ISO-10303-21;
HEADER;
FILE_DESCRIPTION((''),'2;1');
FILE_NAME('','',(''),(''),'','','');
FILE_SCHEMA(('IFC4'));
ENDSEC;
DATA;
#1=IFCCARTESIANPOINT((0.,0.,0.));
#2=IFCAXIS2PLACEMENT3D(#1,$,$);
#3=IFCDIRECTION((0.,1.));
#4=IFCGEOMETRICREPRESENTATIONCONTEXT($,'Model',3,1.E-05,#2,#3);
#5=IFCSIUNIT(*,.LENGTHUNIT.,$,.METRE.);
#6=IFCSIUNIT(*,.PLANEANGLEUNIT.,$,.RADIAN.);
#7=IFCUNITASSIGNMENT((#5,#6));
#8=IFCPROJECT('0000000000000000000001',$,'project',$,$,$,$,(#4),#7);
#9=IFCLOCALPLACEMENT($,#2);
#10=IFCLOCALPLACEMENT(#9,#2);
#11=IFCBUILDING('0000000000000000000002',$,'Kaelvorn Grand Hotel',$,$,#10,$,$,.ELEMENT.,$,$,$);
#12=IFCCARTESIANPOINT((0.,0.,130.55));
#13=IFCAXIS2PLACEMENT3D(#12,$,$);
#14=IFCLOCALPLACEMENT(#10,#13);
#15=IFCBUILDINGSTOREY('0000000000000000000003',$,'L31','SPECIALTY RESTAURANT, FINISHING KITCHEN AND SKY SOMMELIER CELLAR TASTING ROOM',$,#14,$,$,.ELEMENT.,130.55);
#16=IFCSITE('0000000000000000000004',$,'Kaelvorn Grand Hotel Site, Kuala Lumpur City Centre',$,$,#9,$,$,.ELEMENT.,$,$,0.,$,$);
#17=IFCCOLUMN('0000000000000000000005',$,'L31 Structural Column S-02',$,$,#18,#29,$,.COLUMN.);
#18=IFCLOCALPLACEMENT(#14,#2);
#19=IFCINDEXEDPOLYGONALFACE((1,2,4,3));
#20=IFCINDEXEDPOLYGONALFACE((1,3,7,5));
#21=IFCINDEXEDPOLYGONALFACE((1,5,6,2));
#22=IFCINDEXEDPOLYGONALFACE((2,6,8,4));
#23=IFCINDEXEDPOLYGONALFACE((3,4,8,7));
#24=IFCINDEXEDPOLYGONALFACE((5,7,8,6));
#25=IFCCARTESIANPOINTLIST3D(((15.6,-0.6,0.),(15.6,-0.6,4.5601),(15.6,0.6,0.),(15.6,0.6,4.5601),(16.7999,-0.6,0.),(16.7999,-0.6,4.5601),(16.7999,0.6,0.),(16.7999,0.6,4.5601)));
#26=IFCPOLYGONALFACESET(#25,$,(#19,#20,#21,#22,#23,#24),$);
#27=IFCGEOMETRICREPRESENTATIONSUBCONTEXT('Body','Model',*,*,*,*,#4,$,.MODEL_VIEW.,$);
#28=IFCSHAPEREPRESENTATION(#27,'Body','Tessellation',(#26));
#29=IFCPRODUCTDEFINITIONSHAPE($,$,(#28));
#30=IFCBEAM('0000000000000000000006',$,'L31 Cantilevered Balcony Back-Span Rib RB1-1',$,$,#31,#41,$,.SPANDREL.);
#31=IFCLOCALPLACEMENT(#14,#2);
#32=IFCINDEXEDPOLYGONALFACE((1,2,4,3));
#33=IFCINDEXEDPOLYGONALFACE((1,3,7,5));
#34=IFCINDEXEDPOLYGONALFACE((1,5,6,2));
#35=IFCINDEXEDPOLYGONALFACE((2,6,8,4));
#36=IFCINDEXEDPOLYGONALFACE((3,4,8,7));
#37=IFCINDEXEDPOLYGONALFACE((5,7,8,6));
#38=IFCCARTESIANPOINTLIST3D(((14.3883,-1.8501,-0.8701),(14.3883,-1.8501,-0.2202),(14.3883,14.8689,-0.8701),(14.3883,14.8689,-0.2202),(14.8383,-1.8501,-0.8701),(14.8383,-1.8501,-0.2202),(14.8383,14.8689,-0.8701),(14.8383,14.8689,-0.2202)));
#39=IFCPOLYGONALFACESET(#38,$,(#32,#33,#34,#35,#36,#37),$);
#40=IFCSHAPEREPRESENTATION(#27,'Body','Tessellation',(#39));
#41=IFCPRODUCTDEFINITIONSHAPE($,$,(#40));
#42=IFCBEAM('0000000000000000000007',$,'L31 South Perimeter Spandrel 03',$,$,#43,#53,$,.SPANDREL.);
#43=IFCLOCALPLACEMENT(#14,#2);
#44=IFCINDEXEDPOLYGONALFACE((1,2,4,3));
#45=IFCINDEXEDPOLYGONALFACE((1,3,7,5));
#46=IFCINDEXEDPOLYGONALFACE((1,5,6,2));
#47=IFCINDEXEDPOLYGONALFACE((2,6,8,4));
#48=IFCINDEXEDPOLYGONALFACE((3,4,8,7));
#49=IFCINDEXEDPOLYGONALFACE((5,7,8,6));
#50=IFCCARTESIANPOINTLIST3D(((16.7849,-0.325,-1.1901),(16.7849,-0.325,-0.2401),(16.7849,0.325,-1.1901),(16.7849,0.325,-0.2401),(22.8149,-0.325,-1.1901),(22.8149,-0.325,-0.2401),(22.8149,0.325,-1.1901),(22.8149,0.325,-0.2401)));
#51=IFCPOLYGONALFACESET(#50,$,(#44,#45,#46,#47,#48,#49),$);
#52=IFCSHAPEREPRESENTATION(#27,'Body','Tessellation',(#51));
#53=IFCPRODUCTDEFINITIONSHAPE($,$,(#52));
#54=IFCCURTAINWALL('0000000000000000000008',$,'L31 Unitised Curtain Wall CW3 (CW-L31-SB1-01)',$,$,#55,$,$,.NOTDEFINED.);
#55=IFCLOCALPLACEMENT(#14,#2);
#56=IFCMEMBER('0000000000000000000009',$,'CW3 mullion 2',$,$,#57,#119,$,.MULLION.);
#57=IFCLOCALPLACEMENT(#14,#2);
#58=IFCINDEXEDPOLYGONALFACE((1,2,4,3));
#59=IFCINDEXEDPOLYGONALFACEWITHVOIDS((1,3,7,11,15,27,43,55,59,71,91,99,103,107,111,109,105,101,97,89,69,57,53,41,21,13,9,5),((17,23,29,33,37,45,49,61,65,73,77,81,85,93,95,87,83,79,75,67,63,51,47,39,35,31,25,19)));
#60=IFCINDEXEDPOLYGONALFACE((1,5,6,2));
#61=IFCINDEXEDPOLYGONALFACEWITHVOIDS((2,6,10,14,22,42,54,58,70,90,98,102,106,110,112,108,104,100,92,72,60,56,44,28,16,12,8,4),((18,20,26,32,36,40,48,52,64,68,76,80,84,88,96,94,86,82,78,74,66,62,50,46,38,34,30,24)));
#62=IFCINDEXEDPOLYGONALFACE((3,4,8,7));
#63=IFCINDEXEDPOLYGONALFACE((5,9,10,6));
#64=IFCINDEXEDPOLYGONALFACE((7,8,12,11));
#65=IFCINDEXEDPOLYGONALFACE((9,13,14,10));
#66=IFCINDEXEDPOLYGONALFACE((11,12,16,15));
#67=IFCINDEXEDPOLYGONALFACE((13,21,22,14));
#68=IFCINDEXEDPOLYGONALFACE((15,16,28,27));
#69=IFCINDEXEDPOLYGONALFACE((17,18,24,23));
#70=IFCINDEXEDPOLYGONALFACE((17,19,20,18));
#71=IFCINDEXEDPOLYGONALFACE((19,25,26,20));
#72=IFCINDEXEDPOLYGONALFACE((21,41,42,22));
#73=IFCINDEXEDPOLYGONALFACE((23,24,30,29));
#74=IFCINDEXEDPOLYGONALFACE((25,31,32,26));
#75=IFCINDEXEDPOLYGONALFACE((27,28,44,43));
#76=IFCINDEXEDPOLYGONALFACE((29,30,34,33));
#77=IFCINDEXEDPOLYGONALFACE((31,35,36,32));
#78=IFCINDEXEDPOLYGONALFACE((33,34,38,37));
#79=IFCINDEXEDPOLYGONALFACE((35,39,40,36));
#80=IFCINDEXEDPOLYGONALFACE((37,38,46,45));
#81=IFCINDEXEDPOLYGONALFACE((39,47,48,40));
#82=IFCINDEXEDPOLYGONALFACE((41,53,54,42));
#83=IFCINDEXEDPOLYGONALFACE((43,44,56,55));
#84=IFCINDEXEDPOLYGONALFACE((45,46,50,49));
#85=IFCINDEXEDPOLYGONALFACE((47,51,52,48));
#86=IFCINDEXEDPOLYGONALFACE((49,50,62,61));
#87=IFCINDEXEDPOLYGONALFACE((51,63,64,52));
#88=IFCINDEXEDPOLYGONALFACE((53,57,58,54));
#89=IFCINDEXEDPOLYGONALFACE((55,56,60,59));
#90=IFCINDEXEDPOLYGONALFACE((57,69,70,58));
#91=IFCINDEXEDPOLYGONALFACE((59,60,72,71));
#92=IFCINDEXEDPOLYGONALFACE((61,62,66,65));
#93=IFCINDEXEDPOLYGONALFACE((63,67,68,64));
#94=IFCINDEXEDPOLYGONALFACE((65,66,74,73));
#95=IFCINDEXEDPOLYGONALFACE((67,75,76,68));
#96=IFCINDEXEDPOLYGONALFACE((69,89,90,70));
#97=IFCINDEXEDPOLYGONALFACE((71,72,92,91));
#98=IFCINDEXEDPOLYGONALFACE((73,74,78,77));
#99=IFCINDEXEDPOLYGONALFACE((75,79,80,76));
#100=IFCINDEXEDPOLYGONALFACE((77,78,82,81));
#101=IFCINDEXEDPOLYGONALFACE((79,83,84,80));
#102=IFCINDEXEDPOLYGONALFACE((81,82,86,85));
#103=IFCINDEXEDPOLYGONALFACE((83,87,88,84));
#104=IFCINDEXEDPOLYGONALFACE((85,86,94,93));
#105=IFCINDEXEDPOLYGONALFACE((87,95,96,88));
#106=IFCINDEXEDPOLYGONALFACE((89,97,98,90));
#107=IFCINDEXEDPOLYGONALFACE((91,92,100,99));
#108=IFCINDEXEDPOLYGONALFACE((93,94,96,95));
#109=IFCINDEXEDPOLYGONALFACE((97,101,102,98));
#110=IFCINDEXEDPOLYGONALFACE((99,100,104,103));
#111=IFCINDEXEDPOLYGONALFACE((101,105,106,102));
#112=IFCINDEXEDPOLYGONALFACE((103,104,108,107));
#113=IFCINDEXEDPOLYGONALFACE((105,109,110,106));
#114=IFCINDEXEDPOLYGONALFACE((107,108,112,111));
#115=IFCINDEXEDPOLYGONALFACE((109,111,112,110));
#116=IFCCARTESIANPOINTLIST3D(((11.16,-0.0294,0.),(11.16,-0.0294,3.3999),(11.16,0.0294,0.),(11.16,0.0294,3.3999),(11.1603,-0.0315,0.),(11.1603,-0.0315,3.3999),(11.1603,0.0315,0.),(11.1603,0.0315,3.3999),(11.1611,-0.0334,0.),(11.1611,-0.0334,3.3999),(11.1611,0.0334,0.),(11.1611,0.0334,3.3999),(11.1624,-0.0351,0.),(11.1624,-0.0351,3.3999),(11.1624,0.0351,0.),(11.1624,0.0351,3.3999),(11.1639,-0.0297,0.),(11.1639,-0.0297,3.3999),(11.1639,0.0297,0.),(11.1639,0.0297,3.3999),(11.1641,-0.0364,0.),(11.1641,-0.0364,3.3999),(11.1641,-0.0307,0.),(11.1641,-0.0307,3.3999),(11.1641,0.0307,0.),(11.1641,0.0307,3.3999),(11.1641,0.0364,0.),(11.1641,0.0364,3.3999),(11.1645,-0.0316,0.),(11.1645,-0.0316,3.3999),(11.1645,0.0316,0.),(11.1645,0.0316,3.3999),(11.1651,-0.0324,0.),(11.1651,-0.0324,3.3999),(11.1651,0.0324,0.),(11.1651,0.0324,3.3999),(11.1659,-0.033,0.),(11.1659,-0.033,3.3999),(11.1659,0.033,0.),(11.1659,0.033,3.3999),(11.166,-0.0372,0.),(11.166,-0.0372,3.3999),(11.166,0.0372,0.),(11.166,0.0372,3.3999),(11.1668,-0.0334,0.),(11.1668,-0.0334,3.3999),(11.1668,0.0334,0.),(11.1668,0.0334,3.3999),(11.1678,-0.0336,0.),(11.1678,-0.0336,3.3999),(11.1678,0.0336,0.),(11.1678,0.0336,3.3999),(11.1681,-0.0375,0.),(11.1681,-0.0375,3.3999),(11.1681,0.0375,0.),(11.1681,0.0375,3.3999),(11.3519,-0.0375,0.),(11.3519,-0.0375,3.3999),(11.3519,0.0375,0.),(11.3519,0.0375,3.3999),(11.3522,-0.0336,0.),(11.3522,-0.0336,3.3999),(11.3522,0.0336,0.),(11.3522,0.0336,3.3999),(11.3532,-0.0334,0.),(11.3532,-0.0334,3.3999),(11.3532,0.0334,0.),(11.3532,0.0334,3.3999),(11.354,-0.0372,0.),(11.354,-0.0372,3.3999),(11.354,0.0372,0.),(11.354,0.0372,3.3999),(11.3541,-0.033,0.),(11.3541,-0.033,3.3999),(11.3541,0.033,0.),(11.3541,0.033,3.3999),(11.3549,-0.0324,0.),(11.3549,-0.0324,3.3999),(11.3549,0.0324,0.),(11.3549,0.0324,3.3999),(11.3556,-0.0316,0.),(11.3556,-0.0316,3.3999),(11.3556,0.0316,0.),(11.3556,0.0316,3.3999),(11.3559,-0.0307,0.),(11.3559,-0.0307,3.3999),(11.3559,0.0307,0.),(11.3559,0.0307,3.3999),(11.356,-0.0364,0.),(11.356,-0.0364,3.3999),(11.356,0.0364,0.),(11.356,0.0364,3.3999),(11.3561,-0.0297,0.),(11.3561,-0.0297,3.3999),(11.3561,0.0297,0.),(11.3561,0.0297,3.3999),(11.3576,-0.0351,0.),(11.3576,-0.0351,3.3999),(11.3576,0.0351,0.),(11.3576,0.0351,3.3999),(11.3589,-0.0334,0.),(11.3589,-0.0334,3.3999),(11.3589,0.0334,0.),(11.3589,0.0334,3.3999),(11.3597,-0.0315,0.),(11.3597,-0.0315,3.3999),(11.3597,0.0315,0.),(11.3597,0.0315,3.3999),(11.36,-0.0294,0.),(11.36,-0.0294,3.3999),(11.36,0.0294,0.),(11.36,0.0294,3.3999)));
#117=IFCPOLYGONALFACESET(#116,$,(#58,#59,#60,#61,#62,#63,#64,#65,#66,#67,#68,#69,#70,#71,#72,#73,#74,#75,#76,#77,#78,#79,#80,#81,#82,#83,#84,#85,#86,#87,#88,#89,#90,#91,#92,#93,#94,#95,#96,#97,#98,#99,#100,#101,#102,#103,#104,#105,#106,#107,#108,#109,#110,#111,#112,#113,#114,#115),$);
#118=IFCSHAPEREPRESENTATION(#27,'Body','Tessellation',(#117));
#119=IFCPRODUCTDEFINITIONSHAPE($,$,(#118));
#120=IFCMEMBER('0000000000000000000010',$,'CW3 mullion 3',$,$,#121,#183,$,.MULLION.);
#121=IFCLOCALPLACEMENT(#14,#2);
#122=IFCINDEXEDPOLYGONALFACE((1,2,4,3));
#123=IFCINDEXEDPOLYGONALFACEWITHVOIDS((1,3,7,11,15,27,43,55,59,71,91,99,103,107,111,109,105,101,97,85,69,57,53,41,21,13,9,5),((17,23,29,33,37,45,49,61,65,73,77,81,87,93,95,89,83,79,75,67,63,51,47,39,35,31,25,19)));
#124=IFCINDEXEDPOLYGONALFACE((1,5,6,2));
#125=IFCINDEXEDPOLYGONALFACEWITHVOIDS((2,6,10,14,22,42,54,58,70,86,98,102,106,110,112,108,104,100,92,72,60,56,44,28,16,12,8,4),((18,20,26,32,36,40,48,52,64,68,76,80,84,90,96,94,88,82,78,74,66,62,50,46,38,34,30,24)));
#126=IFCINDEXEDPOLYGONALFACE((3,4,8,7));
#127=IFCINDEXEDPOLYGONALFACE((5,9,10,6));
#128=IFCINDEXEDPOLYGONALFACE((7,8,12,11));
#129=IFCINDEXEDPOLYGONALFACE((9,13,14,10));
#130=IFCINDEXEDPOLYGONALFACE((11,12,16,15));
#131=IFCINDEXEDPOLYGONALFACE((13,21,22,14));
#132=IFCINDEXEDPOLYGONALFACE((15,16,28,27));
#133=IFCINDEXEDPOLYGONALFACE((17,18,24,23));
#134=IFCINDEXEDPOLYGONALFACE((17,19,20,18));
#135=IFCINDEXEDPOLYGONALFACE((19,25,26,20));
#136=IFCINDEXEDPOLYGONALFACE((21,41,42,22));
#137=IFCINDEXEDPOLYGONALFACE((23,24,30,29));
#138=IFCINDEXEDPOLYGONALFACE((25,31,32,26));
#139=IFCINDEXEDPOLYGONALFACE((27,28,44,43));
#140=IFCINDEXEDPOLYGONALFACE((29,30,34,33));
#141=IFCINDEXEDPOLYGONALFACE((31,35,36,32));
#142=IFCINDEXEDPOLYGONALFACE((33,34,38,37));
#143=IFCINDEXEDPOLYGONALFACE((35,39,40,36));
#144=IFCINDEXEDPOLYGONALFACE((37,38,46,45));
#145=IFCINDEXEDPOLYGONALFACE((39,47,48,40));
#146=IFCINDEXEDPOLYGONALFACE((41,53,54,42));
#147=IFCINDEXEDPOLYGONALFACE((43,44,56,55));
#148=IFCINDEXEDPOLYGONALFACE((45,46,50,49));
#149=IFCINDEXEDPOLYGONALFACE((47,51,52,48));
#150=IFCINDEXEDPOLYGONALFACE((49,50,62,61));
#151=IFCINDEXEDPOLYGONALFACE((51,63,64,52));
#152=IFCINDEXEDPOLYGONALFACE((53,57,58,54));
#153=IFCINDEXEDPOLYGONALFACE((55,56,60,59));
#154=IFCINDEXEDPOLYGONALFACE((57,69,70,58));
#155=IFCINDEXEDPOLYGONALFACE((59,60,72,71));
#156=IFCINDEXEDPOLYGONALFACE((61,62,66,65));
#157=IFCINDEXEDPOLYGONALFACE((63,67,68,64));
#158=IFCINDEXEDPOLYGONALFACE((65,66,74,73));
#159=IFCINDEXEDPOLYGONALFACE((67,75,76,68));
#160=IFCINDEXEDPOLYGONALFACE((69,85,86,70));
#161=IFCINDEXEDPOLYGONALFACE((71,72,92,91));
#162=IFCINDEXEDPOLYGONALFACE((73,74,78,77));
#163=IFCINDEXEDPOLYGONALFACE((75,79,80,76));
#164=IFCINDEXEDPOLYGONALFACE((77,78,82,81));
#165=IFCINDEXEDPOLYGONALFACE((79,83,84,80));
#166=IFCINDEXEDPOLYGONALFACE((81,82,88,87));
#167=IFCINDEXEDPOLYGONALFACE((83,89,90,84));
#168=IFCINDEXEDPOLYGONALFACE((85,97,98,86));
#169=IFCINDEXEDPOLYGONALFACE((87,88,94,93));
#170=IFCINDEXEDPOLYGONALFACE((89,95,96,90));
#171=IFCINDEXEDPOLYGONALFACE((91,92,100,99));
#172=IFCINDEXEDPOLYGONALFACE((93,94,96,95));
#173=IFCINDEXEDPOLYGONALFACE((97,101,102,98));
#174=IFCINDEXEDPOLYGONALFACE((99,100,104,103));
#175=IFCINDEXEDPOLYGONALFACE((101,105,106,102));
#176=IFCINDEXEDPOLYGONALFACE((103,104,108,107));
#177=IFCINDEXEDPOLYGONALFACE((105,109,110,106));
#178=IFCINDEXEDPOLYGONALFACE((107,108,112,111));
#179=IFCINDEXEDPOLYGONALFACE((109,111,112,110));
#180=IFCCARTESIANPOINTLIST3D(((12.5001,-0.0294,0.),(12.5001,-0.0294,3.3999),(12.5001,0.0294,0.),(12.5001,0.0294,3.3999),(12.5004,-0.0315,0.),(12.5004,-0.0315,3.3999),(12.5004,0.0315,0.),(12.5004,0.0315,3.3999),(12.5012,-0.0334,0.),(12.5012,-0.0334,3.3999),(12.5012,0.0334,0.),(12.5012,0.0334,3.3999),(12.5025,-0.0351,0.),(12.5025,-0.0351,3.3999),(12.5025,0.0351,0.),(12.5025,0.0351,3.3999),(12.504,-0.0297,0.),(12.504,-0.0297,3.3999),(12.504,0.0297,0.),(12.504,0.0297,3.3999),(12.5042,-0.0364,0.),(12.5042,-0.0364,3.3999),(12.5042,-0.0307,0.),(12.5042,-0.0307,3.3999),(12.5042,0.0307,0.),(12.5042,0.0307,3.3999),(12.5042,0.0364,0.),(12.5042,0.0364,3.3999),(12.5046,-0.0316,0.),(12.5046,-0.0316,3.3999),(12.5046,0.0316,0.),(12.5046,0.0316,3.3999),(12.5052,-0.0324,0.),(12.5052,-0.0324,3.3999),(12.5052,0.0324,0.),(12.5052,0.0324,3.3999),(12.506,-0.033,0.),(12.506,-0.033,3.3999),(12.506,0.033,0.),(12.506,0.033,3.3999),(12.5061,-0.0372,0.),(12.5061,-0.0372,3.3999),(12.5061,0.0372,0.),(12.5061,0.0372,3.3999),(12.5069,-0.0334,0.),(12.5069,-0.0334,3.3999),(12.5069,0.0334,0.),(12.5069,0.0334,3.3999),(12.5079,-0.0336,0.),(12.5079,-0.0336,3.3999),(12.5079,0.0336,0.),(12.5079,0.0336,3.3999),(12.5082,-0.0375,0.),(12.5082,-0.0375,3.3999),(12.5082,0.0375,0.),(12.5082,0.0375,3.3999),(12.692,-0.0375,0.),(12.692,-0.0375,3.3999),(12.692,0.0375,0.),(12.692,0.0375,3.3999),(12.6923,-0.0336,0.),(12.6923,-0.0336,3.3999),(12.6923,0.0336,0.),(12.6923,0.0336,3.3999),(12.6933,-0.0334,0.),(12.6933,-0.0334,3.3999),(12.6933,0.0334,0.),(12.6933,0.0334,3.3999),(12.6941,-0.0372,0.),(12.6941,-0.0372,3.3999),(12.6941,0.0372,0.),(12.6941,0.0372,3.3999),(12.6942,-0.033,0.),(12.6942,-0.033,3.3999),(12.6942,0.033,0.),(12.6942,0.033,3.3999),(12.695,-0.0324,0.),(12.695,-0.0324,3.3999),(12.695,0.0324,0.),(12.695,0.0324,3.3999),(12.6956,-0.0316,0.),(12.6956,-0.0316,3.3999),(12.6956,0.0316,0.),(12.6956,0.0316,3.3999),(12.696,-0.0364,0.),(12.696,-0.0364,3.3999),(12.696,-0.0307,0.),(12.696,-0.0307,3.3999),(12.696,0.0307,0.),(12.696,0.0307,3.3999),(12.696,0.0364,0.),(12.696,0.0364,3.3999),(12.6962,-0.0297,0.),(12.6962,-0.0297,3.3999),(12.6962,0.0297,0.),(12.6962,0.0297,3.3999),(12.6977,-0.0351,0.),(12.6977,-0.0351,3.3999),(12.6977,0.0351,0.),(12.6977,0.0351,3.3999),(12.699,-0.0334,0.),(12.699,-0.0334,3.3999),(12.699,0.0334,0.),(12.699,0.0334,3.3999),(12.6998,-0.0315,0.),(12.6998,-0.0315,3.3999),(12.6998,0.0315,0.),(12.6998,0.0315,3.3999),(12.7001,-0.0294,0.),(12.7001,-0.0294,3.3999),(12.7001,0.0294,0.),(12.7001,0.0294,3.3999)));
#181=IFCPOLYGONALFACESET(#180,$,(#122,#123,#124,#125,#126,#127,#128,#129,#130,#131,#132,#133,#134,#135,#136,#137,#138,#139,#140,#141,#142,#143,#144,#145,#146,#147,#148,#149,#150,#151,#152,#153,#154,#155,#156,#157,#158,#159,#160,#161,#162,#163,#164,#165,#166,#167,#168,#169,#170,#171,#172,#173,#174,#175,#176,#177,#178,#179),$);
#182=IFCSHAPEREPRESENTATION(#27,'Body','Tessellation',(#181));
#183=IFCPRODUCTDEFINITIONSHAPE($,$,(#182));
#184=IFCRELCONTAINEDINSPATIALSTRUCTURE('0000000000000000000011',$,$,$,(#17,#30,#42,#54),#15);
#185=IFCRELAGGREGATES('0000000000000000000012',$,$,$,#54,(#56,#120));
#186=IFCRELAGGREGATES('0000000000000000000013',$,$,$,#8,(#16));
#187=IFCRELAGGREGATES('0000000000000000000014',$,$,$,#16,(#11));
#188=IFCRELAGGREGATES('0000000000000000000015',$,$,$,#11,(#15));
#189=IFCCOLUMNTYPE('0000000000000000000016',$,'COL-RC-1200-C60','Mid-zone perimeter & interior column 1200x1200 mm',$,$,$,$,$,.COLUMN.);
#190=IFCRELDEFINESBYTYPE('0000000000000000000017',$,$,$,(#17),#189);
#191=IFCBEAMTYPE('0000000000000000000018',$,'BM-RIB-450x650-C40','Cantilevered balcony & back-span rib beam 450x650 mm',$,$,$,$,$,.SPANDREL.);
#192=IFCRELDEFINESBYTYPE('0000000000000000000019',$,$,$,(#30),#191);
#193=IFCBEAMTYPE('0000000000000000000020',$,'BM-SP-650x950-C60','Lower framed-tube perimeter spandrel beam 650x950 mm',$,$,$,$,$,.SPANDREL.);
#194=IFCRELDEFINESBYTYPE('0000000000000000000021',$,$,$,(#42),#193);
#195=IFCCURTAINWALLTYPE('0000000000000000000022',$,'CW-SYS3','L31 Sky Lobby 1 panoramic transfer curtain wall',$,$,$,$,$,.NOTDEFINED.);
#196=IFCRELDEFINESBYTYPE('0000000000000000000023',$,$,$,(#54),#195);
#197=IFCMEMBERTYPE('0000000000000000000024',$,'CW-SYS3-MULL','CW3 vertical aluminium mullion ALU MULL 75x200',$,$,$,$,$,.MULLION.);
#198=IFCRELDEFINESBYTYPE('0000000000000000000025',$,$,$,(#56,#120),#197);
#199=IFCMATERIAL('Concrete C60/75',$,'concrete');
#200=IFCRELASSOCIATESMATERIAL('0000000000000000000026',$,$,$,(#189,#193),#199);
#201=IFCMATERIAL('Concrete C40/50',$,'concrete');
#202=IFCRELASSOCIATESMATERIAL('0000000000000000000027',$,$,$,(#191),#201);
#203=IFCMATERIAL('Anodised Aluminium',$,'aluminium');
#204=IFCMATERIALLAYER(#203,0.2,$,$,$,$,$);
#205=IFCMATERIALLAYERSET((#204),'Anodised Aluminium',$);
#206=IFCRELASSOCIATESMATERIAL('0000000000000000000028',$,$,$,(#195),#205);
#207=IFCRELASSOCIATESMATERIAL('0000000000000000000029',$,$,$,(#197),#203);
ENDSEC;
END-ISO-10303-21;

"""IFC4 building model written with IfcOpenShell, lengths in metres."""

from ifc_helpers import new_model, si_unit, direction, frame, origin, origin_2d, place, context, subcontext, project, spatial, rectangle, hollow_rectangle, extrude, material, layer, layer_set, material_profile, profile_set, type_object, element, aggregate, save


model = new_model("IFC4")

# Units and contexts
model_context = context("Model", 3, precision=1e-05, world=origin(), true_north=direction((0.0, 1.0)))
body_context = subcontext(model_context, "Body", "Model", "MODEL_VIEW")
ifc_project = project(units=[si_unit("LENGTHUNIT", "METRE"), si_unit("PLANEANGLEUNIT", "RADIAN")], contexts=[model_context])

# Site, building, storey
site_placement = place(None, origin())
site = spatial("IfcSite", under=ifc_project, at=site_placement, Name="Kaelvorn Grand Hotel Site, Kuala Lumpur City Centre", CompositionType="ELEMENT", RefElevation=0.0)
building_placement = place(site_placement, origin())
building = spatial("IfcBuilding", under=site, at=building_placement, Name="Kaelvorn Grand Hotel", CompositionType="ELEMENT")
storey_placement = place(building_placement, frame((0.0, 0.0, 130.55)))
storey = spatial("IfcBuildingStorey", under=building, at=storey_placement, Name="L31", Description="SPECIALTY RESTAURANT, FINISHING KITCHEN AND SKY SOMMELIER CELLAR TASTING ROOM", CompositionType="ELEMENT", Elevation=130.55)

# Column
ifc_material_1 = material(Name="Concrete C60/75", Category="concrete")
ifc_material_profile_1 = material_profile(ifc_material_1, rectangle(XDim=1.2, YDim=1.2, at=origin_2d()), Name="RC COL 1200x1200")
ifc_profile_set_1 = profile_set([ifc_material_profile_1], Name="Concrete C60/75")
column_type = type_object("IfcColumnType", Name="COL-RC-1200-C60", Description="Mid-zone perimeter & interior column 1200x1200 mm", PredefinedType="COLUMN", material=ifc_profile_set_1)
column_placement = place(storey_placement, frame((16.2, 0.0, 0.0), z_axis=(0.0, 0.0, 1.0), x_axis=(1.0, 0.0, 0.0)))
element("IfcColumn", 1, at=column_placement, inside=storey, type_object=column_type, Name="L31 Structural Column S-02", PredefinedType="COLUMN", context=body_context, shape_type="SweptSolid", body=[
    extrude(rectangle(XDim=1.2, YDim=1.2, at=origin_2d()), origin(), (0.0, 0.0, 1.0), 4.5601),
])

# Beams
ifc_material_2 = material(Name="Concrete C40/50", Category="concrete")
ifc_material_profile_2 = material_profile(ifc_material_2, rectangle(XDim=0.45, YDim=0.6499, at=origin_2d()), Name="RC RIB 450x650")
ifc_profile_set_2 = profile_set([ifc_material_profile_2], Name="Concrete C40/50")
beam_type_1 = type_object("IfcBeamType", Name="BM-RIB-450x650-C40", Description="Cantilevered balcony & back-span rib beam 450x650 mm", PredefinedType="SPANDREL", material=ifc_profile_set_2)
beam_1_placement = place(storey_placement, frame((14.6133, -1.8501, -0.5452), z_axis=(0.0, 1.0, 0.0), x_axis=(-1.0, 0.0, 0.0)))
element("IfcBeam", 2, at=beam_1_placement, inside=storey, type_object=beam_type_1, Name="L31 Cantilevered Balcony Back-Span Rib RB1-1", PredefinedType="SPANDREL", context=body_context, shape_type="SweptSolid", body=[
    extrude(rectangle(XDim=0.45, YDim=0.6499, at=origin_2d()), origin(), (0.0, 0.0, 1.0), 16.719),
])
ifc_material_profile_3 = material_profile(ifc_material_1, rectangle(XDim=0.6499, YDim=0.95, at=origin_2d()), Name="RC SPANDREL 650x950")
ifc_profile_set_3 = profile_set([ifc_material_profile_3], Name="Concrete C60/75")
beam_type_2 = type_object("IfcBeamType", Name="BM-SP-650x950-C60", Description="Lower framed-tube perimeter spandrel beam 650x950 mm", PredefinedType="SPANDREL", material=ifc_profile_set_3)
beam_2_placement = place(storey_placement, frame((16.7849, 0.0, -0.7151), z_axis=(1.0, 0.0, 0.0), x_axis=(0.0, 1.0, 0.0)))
element("IfcBeam", 3, at=beam_2_placement, inside=storey, type_object=beam_type_2, Name="L31 South Perimeter Spandrel 03", PredefinedType="SPANDREL", context=body_context, shape_type="SweptSolid", body=[
    extrude(rectangle(XDim=0.6499, YDim=0.95, at=origin_2d()), origin(), (0.0, 0.0, 1.0), 6.03),
])

# Curtain wall, members
ifc_material_3 = material(Name="Anodised Aluminium", Category="aluminium")
ifc_layer_1 = layer(ifc_material_3, 0.2)
ifc_layer_set_1 = layer_set([ifc_layer_1], Name="Anodised Aluminium")
curtain_wall_type = type_object("IfcCurtainWallType", Name="CW-SYS3", Description="L31 Sky Lobby 1 panoramic transfer curtain wall", PredefinedType="NOTDEFINED", material=ifc_layer_set_1)
curtain_wall_placement = place(storey_placement, origin())
curtain_wall = element("IfcCurtainWall", 4, at=curtain_wall_placement, inside=storey, type_object=curtain_wall_type, Name="L31 Unitised Curtain Wall CW3 (CW-L31-SB1-01)", PredefinedType="NOTDEFINED")
ifc_material_profile_4 = material_profile(ifc_material_3, hollow_rectangle(XDim=0.075, YDim=0.2, WallThickness=0.0039, InnerFilletRadius=0.0039, OuterFilletRadius=0.0081, at=origin_2d()), Name="ALU MULL 75x200")
ifc_profile_set_4 = profile_set([ifc_material_profile_4], Name="Anodised Aluminium")
member_type_1 = type_object("IfcMemberType", Name="CW-SYS3-MULL", Description="CW3 vertical aluminium mullion ALU MULL 75x200", PredefinedType="MULLION", material=ifc_profile_set_4)
member_1_placement = place(storey_placement, frame((11.26, 0.0, 0.0), z_axis=(0.0, 0.0, 1.0), x_axis=(0.0, 1.0, 0.0)))
member_1 = element("IfcMember", 5, at=member_1_placement, type_object=member_type_1, Name="CW3 mullion 2", PredefinedType="MULLION", context=body_context, shape_type="SweptSolid", body=[
    extrude(hollow_rectangle(XDim=0.075, YDim=0.2, WallThickness=0.0039, InnerFilletRadius=0.0039, OuterFilletRadius=0.0081, at=origin_2d()), origin(), (0.0, 0.0, 1.0), 3.3999),
])
member_2_placement = place(storey_placement, frame((12.6001, 0.0, 0.0), z_axis=(0.0, 0.0, 1.0), x_axis=(0.0, 1.0, 0.0)))
member_2 = element("IfcMember", 6, at=member_2_placement, type_object=member_type_1, Name="CW3 mullion 3", PredefinedType="MULLION", context=body_context, shape_type="SweptSolid", body=[
    extrude(hollow_rectangle(XDim=0.075, YDim=0.2, WallThickness=0.0039, InnerFilletRadius=0.0039, OuterFilletRadius=0.0081, at=origin_2d()), origin(), (0.0, 0.0, 1.0), 3.3999),
])
aggregate(curtain_wall, [member_1, member_2])

save(model, "model.ifc")
